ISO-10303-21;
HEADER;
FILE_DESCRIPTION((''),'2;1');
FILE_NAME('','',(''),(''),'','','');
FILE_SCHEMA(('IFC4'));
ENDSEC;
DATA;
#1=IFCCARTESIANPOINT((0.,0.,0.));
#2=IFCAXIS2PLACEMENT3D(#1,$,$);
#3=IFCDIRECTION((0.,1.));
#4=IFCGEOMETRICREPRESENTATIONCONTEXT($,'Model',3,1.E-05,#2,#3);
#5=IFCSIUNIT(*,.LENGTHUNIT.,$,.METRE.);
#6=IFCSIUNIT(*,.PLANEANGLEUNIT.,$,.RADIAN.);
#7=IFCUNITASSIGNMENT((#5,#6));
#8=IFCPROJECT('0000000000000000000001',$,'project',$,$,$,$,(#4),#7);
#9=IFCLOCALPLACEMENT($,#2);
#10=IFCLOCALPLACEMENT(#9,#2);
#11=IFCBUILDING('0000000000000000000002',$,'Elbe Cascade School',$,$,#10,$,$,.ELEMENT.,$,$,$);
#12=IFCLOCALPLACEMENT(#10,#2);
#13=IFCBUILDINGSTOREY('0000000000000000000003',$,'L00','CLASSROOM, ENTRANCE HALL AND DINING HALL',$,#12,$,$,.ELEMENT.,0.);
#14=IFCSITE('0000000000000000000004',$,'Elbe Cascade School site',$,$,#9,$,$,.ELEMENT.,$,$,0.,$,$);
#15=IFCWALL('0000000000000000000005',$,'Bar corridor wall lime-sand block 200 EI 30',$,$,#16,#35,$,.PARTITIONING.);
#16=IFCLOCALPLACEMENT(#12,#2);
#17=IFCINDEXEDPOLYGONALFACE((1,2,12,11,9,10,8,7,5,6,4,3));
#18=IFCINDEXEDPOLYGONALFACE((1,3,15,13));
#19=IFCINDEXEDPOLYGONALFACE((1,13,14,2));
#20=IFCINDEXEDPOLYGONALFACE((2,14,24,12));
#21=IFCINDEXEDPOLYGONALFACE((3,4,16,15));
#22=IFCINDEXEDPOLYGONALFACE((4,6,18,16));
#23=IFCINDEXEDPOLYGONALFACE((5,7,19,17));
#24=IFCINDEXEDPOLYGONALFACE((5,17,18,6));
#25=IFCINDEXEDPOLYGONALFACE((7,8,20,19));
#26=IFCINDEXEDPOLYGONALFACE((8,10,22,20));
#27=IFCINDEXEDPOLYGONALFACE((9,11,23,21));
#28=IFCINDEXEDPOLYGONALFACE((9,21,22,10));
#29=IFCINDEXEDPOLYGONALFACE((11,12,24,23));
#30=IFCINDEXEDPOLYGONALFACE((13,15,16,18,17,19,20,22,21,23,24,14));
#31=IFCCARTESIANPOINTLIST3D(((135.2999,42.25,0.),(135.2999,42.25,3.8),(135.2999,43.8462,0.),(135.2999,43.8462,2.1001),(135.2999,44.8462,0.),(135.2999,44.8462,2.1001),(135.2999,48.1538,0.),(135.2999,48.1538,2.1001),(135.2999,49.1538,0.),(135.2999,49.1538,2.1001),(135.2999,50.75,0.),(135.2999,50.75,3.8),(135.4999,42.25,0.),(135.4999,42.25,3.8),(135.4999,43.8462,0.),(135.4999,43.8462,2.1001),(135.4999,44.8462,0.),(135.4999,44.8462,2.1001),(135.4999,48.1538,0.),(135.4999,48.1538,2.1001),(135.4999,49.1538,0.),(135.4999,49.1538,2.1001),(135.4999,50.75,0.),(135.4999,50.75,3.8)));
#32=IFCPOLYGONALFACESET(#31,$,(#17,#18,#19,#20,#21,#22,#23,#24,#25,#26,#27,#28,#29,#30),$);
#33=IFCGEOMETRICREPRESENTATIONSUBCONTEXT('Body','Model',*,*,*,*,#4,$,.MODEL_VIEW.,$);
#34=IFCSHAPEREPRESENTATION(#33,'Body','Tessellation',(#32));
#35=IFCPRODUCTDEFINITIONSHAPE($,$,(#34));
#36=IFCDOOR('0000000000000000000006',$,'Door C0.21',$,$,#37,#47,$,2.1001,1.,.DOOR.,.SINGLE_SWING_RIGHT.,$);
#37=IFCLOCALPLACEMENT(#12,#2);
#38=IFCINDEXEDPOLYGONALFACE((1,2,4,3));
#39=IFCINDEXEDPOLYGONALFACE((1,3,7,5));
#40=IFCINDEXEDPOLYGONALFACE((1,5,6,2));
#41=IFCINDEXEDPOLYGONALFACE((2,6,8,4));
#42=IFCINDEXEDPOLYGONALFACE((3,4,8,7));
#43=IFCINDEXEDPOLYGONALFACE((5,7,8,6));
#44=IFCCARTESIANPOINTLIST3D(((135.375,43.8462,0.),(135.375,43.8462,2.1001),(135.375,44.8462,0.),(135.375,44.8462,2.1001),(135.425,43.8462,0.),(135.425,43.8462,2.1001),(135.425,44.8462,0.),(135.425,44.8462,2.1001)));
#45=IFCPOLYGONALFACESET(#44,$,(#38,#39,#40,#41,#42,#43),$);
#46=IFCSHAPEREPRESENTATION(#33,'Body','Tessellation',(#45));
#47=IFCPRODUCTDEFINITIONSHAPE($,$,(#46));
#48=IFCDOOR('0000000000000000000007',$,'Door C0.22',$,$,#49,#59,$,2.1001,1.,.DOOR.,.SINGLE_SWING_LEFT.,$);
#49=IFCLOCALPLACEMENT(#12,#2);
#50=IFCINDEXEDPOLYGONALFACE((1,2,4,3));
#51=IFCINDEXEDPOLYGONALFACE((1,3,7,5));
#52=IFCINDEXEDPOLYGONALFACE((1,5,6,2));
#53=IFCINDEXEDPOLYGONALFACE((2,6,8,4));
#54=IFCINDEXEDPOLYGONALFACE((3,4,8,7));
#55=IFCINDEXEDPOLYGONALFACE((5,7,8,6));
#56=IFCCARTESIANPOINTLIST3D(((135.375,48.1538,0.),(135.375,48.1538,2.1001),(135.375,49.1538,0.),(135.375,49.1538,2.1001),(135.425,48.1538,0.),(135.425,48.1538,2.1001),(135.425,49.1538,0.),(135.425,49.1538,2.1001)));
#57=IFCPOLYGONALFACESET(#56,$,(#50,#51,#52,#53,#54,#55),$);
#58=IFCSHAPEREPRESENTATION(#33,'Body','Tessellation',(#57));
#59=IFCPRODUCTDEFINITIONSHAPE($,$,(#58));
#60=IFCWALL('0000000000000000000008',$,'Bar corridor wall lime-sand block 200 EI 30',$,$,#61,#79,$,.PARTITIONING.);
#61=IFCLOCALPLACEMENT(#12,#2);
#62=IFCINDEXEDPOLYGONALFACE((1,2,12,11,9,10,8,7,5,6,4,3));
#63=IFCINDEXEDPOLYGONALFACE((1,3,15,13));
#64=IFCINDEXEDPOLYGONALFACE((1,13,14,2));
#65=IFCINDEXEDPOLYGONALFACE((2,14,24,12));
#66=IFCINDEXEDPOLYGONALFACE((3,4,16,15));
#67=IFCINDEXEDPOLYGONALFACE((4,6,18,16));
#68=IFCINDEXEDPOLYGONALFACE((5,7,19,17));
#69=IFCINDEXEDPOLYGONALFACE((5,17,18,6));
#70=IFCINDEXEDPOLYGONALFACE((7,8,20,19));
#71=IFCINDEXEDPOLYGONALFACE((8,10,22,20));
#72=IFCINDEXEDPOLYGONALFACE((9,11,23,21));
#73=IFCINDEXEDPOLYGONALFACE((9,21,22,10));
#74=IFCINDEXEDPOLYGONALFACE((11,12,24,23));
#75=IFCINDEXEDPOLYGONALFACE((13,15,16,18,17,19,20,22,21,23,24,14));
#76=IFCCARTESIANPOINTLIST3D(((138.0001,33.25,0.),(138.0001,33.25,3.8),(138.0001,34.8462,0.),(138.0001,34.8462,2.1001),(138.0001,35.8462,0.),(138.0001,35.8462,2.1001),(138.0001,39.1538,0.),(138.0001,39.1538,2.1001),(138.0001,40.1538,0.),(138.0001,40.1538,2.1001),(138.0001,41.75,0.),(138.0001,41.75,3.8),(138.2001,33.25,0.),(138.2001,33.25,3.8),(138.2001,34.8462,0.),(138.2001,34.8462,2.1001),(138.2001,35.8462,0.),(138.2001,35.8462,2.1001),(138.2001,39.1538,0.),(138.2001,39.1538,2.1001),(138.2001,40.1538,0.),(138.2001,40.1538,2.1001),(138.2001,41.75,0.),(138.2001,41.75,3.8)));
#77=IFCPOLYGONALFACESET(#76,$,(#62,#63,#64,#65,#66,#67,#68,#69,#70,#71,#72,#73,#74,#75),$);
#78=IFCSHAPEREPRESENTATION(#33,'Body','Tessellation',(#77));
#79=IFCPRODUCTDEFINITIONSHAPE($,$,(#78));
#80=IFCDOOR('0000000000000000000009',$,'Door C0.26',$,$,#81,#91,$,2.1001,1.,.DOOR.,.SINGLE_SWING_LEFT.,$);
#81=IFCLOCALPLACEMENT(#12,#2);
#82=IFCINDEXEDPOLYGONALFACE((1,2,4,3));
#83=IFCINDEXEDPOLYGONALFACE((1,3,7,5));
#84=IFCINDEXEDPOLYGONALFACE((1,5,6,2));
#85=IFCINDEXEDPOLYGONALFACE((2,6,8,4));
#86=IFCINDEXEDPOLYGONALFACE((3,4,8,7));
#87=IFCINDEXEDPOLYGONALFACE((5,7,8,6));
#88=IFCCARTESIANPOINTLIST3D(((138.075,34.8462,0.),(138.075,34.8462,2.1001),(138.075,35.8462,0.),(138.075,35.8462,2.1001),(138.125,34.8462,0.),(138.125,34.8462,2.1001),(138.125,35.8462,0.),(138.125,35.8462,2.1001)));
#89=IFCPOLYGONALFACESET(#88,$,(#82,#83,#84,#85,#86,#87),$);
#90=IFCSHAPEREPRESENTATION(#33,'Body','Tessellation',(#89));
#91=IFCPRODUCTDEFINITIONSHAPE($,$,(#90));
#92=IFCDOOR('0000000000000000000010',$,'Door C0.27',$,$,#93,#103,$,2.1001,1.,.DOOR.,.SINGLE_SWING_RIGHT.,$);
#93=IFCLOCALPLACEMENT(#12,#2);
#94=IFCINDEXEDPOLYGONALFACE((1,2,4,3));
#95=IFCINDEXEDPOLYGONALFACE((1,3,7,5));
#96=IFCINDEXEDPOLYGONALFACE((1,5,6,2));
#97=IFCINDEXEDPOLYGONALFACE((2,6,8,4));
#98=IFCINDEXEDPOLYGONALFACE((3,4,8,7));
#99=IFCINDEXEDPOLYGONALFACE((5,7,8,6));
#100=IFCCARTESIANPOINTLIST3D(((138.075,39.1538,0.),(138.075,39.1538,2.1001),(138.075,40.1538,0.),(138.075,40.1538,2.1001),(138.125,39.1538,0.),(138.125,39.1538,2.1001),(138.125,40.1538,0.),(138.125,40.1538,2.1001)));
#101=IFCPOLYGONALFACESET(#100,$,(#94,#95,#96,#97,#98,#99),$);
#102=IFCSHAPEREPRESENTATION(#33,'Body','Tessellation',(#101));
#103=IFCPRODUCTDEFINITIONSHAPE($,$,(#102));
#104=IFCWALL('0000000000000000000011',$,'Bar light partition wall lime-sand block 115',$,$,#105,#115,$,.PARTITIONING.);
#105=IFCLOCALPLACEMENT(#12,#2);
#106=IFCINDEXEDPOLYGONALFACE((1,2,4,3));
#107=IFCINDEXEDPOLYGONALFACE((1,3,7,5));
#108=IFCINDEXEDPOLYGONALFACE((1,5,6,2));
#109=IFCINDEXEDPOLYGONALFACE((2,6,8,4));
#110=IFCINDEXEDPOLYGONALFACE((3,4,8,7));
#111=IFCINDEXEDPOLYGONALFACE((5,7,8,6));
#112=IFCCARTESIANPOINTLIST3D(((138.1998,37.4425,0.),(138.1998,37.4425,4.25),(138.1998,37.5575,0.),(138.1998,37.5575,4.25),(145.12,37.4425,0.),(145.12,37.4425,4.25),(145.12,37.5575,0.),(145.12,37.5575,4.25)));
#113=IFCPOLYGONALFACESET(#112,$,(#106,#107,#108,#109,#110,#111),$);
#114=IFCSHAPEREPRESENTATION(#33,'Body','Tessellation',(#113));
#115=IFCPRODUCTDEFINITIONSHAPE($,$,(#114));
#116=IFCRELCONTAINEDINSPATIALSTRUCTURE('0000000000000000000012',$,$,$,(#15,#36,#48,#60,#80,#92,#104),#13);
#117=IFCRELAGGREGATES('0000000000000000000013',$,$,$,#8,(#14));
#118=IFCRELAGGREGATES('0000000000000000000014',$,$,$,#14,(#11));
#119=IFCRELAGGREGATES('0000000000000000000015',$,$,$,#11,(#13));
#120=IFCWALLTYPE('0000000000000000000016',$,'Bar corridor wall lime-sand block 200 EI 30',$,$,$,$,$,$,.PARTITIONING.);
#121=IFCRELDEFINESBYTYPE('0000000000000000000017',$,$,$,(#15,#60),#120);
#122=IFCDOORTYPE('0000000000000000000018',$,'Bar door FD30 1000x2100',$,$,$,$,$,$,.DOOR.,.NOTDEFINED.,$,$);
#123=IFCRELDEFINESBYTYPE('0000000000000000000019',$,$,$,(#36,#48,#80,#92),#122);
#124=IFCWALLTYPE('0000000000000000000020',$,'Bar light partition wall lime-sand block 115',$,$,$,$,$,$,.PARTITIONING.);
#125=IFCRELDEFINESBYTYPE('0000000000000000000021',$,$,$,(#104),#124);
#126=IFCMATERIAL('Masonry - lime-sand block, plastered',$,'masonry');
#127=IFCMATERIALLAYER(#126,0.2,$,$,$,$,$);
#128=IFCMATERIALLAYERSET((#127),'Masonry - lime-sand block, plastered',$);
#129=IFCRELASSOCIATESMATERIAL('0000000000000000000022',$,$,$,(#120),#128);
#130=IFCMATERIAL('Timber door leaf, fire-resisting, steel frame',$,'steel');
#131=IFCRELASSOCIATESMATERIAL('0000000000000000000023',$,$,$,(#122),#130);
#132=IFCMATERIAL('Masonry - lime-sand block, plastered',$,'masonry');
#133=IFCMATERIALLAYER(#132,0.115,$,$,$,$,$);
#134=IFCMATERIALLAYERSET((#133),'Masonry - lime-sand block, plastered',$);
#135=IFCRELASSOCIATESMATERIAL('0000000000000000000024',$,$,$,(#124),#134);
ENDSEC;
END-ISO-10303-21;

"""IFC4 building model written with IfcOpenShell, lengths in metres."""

from ifc_helpers import new_model, si_unit, direction, frame, frame_2d, origin, place, context, subcontext, project, spatial, rectangle, extrude, material, layer, layer_set, type_object, element, fill, save


model = new_model("IFC4")

# Units and contexts
model_context = context("Model", 3, precision=1e-05, world=origin(), true_north=direction((0.0, 1.0)))
body_context = subcontext(model_context, "Body", "Model", "MODEL_VIEW")
ifc_project = project(units=[si_unit("LENGTHUNIT", "METRE"), si_unit("PLANEANGLEUNIT", "RADIAN")], contexts=[model_context])

# Site, building, storey
site_placement = place(None, origin())
site = spatial("IfcSite", under=ifc_project, at=site_placement, Name="Elbe Cascade School site", CompositionType="ELEMENT", RefElevation=0.0)
building_placement = place(site_placement, origin())
building = spatial("IfcBuilding", under=site, at=building_placement, Name="Elbe Cascade School", CompositionType="ELEMENT")
storey_placement = place(building_placement, origin())
storey = spatial("IfcBuildingStorey", under=building, at=storey_placement, Name="L00", Description="CLASSROOM, ENTRANCE HALL AND DINING HALL", CompositionType="ELEMENT", Elevation=0.0)

# Walls, openings, doors
ifc_material_1 = material(Name="Masonry - lime-sand block, plastered", Category="masonry")
ifc_layer_1 = layer(ifc_material_1, 0.2)
ifc_layer_set_1 = layer_set([ifc_layer_1], Name="Masonry - lime-sand block, plastered")
wall_type_1 = type_object("IfcWallType", Name="Bar corridor wall lime-sand block 200 EI 30", PredefinedType="PARTITIONING", material=ifc_layer_set_1)
wall_1_placement = place(storey_placement, frame((135.3999, 42.25, 0.0), z_axis=(0.0, 0.0, 1.0), x_axis=(0.0, 1.0, 0.0)))
wall_1 = element("IfcWall", 1, at=wall_1_placement, inside=storey, type_object=wall_type_1, Name="Bar corridor wall lime-sand block 200 EI 30", PredefinedType="PARTITIONING", context=body_context, shape_type="SweptSolid", body=[
    extrude(rectangle(XDim=8.5, YDim=0.2, at=frame_2d((4.25, 0.0))), origin(), (0.0, 0.0, 1.0), 3.8),
])
opening_1_placement = place(wall_1_placement, frame((1.5962, 0.0, 0.0)))
opening_1 = element("IfcOpeningElement", 2, at=opening_1_placement, cuts=wall_1, PredefinedType="OPENING", context=body_context, shape_type="SweptSolid", body=[
    extrude(rectangle(XDim=1.0, YDim=2.1001, at=frame_2d((0.5, 1.05))), frame((0.0, 0.1099, 0.0), z_axis=(0.0, -1.0, 0.0), x_axis=(1.0, 0.0, 0.0)), (0.0, 0.0, 1.0), 0.22),
])
opening_2_placement = place(wall_1_placement, frame((5.9038, 0.0, 0.0)))
opening_2 = element("IfcOpeningElement", 3, at=opening_2_placement, cuts=wall_1, PredefinedType="OPENING", context=body_context, shape_type="SweptSolid", body=[
    extrude(rectangle(XDim=1.0, YDim=2.1001, at=frame_2d((0.5, 1.05))), frame((0.0, 0.1099, 0.0), z_axis=(0.0, -1.0, 0.0), x_axis=(1.0, 0.0, 0.0)), (0.0, 0.0, 1.0), 0.22),
])
ifc_material_2 = material(Name="Timber door leaf, fire-resisting, steel frame", Category="steel")
door_type = type_object("IfcDoorType", Name="Bar door FD30 1000x2100", OperationType="NOTDEFINED", PredefinedType="DOOR", material=ifc_material_2)
door_1_placement = place(opening_1_placement, origin())
door_1 = element("IfcDoor", 4, at=door_1_placement, inside=storey, type_object=door_type, Name="Door C0.21", OperationType="SINGLE_SWING_RIGHT", OverallHeight=2.1001, OverallWidth=1.0, PredefinedType="DOOR", context=body_context, shape_type="SweptSolid", body=[
    extrude(rectangle(XDim=1.0, YDim=2.1001, at=frame_2d((0.5, 1.05))), frame((0.0, 0.0249, 0.0), z_axis=(0.0, -1.0, 0.0), x_axis=(1.0, 0.0, 0.0)), (0.0, 0.0, 1.0), 0.05),
])
fill(opening_1, door_1)
door_2_placement = place(opening_2_placement, origin())
door_2 = element("IfcDoor", 5, at=door_2_placement, inside=storey, type_object=door_type, Name="Door C0.22", OperationType="SINGLE_SWING_LEFT", OverallHeight=2.1001, OverallWidth=1.0, PredefinedType="DOOR", context=body_context, shape_type="SweptSolid", body=[
    extrude(rectangle(XDim=1.0, YDim=2.1001, at=frame_2d((0.5, 1.05))), frame((0.0, 0.0249, 0.0), z_axis=(0.0, -1.0, 0.0), x_axis=(1.0, 0.0, 0.0)), (0.0, 0.0, 1.0), 0.05),
])
fill(opening_2, door_2)
wall_2_placement = place(storey_placement, frame((138.1001, 41.75, 0.0), z_axis=(0.0, 0.0, 1.0), x_axis=(0.0, -1.0, 0.0)))
wall_2 = element("IfcWall", 6, at=wall_2_placement, inside=storey, type_object=wall_type_1, Name="Bar corridor wall lime-sand block 200 EI 30", PredefinedType="PARTITIONING", context=body_context, shape_type="SweptSolid", body=[
    extrude(rectangle(XDim=8.5, YDim=0.2, at=frame_2d((4.25, 0.0))), origin(), (0.0, 0.0, 1.0), 3.8),
])
opening_3_placement = place(wall_2_placement, frame((5.9038, 0.0, 0.0)))
opening_3 = element("IfcOpeningElement", 7, at=opening_3_placement, cuts=wall_2, PredefinedType="OPENING", context=body_context, shape_type="SweptSolid", body=[
    extrude(rectangle(XDim=1.0, YDim=2.1001, at=frame_2d((0.5, 1.05))), frame((0.0, 0.1099, 0.0), z_axis=(0.0, -1.0, 0.0), x_axis=(1.0, 0.0, 0.0)), (0.0, 0.0, 1.0), 0.22),
])
opening_4_placement = place(wall_2_placement, frame((1.5962, 0.0, 0.0)))
opening_4 = element("IfcOpeningElement", 8, at=opening_4_placement, cuts=wall_2, PredefinedType="OPENING", context=body_context, shape_type="SweptSolid", body=[
    extrude(rectangle(XDim=1.0, YDim=2.1001, at=frame_2d((0.5, 1.05))), frame((0.0, 0.1099, 0.0), z_axis=(0.0, -1.0, 0.0), x_axis=(1.0, 0.0, 0.0)), (0.0, 0.0, 1.0), 0.22),
])
door_3_placement = place(opening_3_placement, origin())
door_3 = element("IfcDoor", 9, at=door_3_placement, inside=storey, type_object=door_type, Name="Door C0.26", OperationType="SINGLE_SWING_LEFT", OverallHeight=2.1001, OverallWidth=1.0, PredefinedType="DOOR", context=body_context, shape_type="SweptSolid", body=[
    extrude(rectangle(XDim=1.0, YDim=2.1001, at=frame_2d((0.5, 1.05))), frame((0.0, 0.0249, 0.0), z_axis=(0.0, -1.0, 0.0), x_axis=(1.0, 0.0, 0.0)), (0.0, 0.0, 1.0), 0.05),
])
fill(opening_3, door_3)
door_4_placement = place(opening_4_placement, origin())
door_4 = element("IfcDoor", 10, at=door_4_placement, inside=storey, type_object=door_type, Name="Door C0.27", OperationType="SINGLE_SWING_RIGHT", OverallHeight=2.1001, OverallWidth=1.0, PredefinedType="DOOR", context=body_context, shape_type="SweptSolid", body=[
    extrude(rectangle(XDim=1.0, YDim=2.1001, at=frame_2d((0.5, 1.05))), frame((0.0, 0.0249, 0.0), z_axis=(0.0, -1.0, 0.0), x_axis=(1.0, 0.0, 0.0)), (0.0, 0.0, 1.0), 0.05),
])
fill(opening_4, door_4)

# Wall
ifc_material_3 = material(Name="Masonry - lime-sand block, plastered", Category="masonry")
ifc_layer_2 = layer(ifc_material_3, 0.115)
ifc_layer_set_2 = layer_set([ifc_layer_2], Name="Masonry - lime-sand block, plastered")
wall_type_2 = type_object("IfcWallType", Name="Bar light partition wall lime-sand block 115", PredefinedType="PARTITIONING", material=ifc_layer_set_2)
wall_3_placement = place(storey_placement, frame((138.2, 37.5, 0.0), z_axis=(0.0, 0.0, 1.0), x_axis=(1.0, 0.0, 0.0)))
element("IfcWall", 11, at=wall_3_placement, inside=storey, type_object=wall_type_2, Name="Bar light partition wall lime-sand block 115", PredefinedType="PARTITIONING", context=body_context, shape_type="SweptSolid", body=[
    extrude(rectangle(XDim=6.9202, YDim=0.115, at=frame_2d((3.46, 0.0))), origin(), (0.0, 0.0, 1.0), 4.25),
])

save(model, "model.ifc")
